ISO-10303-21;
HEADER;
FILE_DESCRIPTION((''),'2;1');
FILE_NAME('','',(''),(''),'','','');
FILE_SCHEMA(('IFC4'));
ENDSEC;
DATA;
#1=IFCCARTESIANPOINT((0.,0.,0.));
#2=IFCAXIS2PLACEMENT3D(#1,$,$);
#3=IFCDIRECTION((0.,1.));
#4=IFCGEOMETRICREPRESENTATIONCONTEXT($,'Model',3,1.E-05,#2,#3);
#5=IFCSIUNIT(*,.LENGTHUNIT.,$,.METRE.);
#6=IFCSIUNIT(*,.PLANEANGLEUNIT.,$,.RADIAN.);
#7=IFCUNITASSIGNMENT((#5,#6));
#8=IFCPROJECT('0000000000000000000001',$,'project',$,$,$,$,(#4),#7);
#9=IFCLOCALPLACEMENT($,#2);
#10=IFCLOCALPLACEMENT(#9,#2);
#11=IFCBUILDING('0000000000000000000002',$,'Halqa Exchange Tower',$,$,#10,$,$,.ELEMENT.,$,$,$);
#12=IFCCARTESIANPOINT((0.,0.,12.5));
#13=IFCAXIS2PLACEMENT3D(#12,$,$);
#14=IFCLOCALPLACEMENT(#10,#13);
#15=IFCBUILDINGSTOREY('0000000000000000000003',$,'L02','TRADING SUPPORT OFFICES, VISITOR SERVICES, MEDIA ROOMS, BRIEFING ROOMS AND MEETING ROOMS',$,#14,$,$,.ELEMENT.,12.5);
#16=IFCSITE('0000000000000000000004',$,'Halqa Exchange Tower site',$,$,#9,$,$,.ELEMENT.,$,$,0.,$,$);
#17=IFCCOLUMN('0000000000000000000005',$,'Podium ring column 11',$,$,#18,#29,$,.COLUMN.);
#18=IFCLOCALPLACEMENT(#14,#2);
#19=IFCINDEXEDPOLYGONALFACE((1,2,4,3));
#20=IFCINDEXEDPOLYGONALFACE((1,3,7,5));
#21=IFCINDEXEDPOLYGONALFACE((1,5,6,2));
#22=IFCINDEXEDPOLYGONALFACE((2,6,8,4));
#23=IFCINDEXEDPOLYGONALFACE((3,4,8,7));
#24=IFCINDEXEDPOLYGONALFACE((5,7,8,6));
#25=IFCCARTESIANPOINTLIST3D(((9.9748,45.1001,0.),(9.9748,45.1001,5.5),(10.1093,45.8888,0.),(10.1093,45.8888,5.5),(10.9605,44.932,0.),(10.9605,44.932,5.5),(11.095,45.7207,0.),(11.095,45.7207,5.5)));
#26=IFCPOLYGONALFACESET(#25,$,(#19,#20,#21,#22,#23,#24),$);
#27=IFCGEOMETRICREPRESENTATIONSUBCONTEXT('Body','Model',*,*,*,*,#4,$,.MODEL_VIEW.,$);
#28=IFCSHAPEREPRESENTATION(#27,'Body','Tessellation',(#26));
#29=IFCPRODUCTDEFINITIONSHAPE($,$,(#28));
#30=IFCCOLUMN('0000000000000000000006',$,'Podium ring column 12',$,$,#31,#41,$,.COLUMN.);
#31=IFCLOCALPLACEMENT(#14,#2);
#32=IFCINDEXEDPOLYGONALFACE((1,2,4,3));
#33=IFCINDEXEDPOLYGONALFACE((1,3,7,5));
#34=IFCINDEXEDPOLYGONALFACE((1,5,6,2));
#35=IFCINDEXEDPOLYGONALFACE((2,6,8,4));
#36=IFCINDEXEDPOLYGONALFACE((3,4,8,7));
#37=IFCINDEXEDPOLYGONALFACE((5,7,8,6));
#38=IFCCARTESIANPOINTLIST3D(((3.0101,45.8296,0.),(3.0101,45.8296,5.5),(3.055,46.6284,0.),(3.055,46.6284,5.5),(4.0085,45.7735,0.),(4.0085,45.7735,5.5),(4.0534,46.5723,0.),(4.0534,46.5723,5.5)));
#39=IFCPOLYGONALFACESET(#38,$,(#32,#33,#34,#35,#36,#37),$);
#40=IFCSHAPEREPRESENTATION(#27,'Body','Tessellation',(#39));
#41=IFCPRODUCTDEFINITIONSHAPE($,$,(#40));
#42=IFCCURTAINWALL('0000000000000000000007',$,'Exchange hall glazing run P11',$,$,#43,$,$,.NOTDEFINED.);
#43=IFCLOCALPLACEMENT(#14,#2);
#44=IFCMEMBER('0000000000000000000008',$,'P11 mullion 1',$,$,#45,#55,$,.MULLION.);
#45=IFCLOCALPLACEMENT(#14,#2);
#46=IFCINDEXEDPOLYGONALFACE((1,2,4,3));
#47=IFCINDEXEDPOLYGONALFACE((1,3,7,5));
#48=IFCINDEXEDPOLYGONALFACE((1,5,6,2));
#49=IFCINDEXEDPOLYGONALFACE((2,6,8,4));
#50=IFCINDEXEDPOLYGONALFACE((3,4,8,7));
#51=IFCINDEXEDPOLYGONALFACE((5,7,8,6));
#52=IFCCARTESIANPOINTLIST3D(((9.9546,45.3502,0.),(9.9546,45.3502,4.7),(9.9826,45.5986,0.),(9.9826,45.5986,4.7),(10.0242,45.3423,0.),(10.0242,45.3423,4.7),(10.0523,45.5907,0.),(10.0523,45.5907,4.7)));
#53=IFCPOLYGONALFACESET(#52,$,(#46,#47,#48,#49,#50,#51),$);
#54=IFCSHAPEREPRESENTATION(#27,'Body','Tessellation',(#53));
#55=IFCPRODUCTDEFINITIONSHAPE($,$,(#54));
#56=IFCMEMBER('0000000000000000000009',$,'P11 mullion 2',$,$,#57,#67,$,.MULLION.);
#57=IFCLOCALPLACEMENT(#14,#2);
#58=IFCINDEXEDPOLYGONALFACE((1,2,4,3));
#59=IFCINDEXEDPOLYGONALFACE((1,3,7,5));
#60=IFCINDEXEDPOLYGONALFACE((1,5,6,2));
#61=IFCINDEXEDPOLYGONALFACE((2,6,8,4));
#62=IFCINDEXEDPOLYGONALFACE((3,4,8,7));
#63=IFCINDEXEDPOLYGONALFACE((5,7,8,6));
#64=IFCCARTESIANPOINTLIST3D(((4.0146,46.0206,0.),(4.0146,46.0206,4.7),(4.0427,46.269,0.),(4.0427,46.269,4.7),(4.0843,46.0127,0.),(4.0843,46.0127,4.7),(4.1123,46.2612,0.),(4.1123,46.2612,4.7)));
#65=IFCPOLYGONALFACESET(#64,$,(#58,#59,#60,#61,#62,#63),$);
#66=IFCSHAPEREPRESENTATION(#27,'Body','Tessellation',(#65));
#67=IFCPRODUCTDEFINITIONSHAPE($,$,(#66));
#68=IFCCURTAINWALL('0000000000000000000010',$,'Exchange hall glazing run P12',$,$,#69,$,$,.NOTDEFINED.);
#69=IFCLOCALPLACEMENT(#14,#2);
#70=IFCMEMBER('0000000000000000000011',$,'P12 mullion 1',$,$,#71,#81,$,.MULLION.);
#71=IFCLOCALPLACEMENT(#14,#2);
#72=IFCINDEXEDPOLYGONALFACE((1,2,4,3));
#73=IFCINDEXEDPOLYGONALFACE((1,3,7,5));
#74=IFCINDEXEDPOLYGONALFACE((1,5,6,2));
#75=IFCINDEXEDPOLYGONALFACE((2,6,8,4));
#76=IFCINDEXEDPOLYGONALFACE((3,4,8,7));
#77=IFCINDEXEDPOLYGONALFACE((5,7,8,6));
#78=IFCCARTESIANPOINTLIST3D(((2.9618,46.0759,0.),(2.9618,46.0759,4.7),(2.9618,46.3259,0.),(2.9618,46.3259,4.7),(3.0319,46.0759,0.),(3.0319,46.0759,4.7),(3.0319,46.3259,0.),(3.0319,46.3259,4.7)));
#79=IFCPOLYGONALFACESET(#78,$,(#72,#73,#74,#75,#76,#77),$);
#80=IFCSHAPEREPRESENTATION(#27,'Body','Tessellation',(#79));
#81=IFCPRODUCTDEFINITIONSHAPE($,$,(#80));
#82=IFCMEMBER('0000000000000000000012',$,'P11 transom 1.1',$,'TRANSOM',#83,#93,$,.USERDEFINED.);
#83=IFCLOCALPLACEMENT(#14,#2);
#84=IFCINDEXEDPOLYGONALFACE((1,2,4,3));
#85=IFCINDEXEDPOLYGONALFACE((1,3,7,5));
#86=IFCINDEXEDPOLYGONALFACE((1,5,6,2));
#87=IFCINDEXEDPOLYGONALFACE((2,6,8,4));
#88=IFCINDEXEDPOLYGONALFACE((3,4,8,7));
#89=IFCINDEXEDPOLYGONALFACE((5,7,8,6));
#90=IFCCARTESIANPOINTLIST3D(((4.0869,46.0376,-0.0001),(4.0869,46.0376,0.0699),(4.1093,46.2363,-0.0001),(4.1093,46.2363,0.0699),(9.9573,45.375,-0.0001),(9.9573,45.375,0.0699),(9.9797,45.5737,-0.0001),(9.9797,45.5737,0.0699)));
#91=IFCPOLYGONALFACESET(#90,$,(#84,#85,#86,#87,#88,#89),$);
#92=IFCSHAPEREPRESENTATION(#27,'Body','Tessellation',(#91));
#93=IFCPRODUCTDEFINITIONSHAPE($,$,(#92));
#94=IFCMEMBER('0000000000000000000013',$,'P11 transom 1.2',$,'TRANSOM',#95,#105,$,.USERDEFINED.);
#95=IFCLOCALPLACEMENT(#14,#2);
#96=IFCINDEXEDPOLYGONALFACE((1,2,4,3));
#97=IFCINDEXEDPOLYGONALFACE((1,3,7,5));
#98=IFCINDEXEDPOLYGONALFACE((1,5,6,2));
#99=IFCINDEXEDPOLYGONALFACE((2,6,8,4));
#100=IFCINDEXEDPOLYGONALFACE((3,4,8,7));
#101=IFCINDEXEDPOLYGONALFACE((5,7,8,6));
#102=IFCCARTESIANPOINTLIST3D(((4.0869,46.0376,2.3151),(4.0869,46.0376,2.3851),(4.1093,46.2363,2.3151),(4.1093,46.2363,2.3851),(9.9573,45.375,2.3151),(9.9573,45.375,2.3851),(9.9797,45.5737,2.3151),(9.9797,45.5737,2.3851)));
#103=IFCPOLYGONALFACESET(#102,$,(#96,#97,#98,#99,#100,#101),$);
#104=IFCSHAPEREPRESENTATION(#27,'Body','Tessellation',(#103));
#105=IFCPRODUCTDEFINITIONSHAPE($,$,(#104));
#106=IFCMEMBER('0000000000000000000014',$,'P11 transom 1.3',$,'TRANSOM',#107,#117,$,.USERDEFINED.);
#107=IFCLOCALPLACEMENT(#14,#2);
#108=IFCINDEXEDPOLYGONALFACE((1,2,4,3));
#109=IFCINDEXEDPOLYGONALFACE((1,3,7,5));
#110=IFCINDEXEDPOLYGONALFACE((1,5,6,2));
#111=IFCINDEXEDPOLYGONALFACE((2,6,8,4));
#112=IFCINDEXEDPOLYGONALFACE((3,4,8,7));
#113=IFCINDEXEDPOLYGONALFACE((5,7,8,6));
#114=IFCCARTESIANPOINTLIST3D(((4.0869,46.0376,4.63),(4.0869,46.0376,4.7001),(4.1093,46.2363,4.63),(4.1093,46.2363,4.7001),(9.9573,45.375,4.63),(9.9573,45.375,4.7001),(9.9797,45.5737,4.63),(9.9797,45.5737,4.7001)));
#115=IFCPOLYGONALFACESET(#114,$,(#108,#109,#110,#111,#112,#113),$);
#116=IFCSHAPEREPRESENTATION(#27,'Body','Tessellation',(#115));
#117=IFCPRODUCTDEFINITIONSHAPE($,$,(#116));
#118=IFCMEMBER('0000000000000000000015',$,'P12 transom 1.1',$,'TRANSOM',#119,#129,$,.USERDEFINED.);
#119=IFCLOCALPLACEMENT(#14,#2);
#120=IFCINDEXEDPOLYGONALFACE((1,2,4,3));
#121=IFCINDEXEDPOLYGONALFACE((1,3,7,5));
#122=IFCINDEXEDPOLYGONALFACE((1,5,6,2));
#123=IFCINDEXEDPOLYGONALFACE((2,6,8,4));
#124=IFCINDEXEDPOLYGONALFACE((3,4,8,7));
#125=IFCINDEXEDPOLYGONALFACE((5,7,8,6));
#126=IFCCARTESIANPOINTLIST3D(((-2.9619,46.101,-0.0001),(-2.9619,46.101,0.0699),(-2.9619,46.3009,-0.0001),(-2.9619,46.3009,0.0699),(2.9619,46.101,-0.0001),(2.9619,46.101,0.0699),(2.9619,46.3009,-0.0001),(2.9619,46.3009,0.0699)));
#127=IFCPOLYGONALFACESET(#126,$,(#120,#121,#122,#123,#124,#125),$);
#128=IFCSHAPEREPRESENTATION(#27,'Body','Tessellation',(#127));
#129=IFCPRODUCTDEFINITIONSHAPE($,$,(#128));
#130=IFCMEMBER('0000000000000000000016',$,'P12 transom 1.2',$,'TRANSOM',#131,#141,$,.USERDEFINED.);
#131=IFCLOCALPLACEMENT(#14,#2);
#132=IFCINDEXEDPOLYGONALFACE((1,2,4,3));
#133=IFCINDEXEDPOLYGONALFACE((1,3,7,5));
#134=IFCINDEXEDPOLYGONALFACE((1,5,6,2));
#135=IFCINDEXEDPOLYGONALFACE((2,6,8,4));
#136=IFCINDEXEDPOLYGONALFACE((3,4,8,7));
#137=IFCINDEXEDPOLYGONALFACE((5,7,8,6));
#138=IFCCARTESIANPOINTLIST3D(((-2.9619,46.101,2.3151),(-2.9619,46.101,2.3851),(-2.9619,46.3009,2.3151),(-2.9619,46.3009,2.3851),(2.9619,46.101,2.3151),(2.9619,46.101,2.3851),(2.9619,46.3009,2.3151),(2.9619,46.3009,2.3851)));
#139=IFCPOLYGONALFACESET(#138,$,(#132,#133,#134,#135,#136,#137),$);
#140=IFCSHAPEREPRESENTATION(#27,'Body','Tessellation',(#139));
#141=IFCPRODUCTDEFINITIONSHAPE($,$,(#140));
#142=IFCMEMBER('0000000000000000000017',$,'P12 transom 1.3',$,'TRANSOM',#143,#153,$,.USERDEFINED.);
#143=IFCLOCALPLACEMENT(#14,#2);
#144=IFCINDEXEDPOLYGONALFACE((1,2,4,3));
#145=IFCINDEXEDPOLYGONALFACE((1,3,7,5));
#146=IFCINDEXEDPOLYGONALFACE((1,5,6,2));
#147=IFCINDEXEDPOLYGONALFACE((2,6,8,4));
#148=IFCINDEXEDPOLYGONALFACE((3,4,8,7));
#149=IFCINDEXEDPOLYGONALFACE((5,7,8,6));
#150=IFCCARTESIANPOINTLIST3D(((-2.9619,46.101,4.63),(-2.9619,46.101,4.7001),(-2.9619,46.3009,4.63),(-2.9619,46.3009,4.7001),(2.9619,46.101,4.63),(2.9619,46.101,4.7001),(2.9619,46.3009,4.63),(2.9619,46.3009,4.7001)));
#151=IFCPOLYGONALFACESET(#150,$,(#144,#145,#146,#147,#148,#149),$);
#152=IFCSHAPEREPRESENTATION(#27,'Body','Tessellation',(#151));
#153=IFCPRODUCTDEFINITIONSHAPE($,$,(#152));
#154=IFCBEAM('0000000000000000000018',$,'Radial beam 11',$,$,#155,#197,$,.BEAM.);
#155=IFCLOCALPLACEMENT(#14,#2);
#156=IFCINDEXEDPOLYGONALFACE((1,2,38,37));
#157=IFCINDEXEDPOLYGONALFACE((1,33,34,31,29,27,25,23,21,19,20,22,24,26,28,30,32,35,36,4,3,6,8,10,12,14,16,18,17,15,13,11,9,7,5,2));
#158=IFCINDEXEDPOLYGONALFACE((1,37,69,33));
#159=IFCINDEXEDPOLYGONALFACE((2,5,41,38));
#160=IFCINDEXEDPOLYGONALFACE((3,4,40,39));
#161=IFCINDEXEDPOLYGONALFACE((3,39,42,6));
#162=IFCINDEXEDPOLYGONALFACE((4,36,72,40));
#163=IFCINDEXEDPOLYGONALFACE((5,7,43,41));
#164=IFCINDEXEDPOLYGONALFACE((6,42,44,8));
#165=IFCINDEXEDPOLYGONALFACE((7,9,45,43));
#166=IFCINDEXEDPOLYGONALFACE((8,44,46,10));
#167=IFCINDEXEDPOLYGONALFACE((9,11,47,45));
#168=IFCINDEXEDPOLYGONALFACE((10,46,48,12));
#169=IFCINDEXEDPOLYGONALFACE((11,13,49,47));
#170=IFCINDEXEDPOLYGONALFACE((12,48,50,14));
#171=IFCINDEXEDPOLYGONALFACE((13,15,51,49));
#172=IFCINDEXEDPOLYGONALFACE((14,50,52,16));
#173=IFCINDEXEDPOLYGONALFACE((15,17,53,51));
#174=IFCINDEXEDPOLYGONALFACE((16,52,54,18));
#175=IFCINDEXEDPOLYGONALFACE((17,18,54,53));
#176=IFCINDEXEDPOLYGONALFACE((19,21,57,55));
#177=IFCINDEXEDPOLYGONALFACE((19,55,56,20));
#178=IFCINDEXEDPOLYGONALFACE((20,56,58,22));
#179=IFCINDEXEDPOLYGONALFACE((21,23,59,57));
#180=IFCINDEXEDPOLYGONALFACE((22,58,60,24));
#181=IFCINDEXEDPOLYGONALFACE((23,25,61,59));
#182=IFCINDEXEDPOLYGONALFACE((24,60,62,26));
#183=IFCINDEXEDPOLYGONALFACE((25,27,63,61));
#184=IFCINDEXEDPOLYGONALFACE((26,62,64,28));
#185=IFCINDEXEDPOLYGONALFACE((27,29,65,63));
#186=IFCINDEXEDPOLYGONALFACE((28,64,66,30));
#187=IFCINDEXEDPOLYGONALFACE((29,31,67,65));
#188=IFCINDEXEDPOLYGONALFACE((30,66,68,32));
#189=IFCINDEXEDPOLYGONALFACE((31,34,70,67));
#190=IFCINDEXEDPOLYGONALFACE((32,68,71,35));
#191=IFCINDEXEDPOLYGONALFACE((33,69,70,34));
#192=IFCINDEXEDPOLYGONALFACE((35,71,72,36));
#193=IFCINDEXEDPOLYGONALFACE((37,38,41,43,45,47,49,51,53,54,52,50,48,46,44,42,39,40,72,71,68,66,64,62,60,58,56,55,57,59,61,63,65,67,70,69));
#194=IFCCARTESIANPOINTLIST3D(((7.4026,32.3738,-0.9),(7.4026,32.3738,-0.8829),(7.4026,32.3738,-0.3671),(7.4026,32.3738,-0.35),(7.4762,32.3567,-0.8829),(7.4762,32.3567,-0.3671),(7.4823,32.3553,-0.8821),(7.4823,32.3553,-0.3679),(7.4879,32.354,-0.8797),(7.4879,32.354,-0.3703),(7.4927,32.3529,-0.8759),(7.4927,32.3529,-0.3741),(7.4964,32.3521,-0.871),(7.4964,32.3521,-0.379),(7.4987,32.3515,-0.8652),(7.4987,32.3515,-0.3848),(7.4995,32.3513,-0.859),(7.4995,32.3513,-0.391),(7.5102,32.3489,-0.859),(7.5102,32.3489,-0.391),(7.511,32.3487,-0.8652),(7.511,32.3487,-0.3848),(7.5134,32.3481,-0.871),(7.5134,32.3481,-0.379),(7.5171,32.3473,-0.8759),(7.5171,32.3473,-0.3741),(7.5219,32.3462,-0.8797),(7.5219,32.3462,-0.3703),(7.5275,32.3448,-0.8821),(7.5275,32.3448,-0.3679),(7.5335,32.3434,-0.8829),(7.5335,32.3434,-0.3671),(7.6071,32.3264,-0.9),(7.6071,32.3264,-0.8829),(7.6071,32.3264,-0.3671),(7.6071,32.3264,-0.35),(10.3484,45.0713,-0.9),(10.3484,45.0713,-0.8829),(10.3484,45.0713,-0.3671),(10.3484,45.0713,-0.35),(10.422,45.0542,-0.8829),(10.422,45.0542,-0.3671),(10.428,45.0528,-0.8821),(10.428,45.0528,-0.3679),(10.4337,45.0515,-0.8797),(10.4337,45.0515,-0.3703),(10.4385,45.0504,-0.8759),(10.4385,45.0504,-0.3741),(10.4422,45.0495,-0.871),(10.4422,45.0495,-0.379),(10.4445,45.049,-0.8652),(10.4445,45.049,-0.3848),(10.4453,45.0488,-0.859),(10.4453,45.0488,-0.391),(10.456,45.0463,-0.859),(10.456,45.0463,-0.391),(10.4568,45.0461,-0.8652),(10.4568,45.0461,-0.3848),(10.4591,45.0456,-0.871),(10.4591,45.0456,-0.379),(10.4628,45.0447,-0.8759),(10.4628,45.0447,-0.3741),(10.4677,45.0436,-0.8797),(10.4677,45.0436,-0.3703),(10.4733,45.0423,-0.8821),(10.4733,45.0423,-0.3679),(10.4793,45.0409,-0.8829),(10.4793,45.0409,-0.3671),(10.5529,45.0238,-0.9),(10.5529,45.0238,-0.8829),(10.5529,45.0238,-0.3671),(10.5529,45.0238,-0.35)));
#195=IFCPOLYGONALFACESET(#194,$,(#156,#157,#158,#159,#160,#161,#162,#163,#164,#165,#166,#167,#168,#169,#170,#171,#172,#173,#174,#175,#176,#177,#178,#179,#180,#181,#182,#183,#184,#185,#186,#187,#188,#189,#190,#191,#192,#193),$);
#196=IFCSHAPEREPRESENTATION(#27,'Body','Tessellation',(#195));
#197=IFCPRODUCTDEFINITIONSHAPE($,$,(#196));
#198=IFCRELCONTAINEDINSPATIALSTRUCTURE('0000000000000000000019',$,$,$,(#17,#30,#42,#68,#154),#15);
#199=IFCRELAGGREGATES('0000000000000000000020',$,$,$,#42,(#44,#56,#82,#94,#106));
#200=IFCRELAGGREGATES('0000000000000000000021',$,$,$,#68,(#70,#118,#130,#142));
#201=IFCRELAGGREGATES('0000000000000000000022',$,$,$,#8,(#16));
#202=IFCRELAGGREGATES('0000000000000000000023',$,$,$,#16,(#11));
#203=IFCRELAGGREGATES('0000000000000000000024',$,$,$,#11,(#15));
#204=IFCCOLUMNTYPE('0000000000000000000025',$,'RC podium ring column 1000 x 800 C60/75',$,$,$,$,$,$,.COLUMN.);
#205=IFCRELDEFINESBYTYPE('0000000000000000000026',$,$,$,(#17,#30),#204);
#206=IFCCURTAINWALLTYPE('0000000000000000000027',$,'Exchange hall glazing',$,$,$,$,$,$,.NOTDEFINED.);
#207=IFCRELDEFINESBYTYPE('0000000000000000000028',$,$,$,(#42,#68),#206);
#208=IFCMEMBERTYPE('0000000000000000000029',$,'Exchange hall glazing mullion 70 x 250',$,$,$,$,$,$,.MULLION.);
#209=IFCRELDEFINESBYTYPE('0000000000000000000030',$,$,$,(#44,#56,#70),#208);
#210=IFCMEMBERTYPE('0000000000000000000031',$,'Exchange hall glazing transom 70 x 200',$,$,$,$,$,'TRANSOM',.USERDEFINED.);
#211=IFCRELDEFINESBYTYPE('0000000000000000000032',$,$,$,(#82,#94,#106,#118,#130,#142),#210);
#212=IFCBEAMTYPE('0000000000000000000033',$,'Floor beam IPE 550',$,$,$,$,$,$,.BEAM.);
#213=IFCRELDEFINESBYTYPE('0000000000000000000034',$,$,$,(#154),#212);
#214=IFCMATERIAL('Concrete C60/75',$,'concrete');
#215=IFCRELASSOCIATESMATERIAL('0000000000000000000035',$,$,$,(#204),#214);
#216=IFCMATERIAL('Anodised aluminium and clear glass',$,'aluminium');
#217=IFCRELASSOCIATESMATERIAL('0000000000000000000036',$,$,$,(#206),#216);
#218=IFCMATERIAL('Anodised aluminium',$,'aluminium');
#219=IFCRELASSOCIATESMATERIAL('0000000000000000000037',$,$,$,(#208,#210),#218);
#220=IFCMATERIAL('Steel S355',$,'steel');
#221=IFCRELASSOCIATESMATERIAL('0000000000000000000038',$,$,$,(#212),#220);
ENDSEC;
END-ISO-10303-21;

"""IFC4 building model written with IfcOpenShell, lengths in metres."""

from ifc_helpers import new_model, si_unit, direction, frame, origin, origin_2d, place, context, subcontext, project, spatial, rectangle, i_section, extrude, material, material_profile, profile_set, type_object, element, aggregate, save


model = new_model("IFC4")

# Units and contexts
model_context = context("Model", 3, precision=1e-05, world=origin(), true_north=direction((0.0, 1.0)))
body_context = subcontext(model_context, "Body", "Model", "MODEL_VIEW")
ifc_project = project(units=[si_unit("LENGTHUNIT", "METRE"), si_unit("PLANEANGLEUNIT", "RADIAN")], contexts=[model_context])

# Site, building, storey
site_placement = place(None, origin())
site = spatial("IfcSite", under=ifc_project, at=site_placement, Name="Halqa Exchange Tower site", CompositionType="ELEMENT", RefElevation=0.0)
building_placement = place(site_placement, origin())
building = spatial("IfcBuilding", under=site, at=building_placement, Name="Halqa Exchange Tower", CompositionType="ELEMENT")
storey_placement = place(building_placement, frame((0.0, 0.0, 12.5)))
storey = spatial("IfcBuildingStorey", under=building, at=storey_placement, Name="L02", Description="TRADING SUPPORT OFFICES, VISITOR SERVICES, MEDIA ROOMS, BRIEFING ROOMS AND MEETING ROOMS", CompositionType="ELEMENT", Elevation=12.5)

# Columns
ifc_material_1 = material(Name="Concrete C60/75", Category="concrete")
ifc_material_profile_1 = material_profile(ifc_material_1, rectangle(XDim=1.0, YDim=0.8, at=origin_2d()), Name="1000 x 800")
ifc_profile_set_1 = profile_set([ifc_material_profile_1], Name="Concrete C60/75")
column_type = type_object("IfcColumnType", Name="RC podium ring column 1000 x 800 C60/75", PredefinedType="COLUMN", material=ifc_profile_set_1)
for number, where, z_axis, x_axis, name in (
    (1, (10.5349, 45.4104, 0.0), (0.0, 0.0, 1.0), (-0.985766, 0.168121, 0.0), "Podium ring column 11"),
    (2, (3.5317, 46.2009, 0.0), (0.0, 0.0, 1.0), (-0.998425, 0.056107, 0.0), "Podium ring column 12"),
):
    element("IfcColumn", number, at=place(storey_placement, frame(where, z_axis=z_axis, x_axis=x_axis)), inside=storey, type_object=column_type, Name=name, PredefinedType="COLUMN", context=body_context, shape_type="SweptSolid", body=[
        extrude(rectangle(XDim=1.0, YDim=0.8, at=origin_2d()), origin(), (0.0, 0.0, 1.0), 5.5),
    ])

# Curtain wall, members
ifc_material_2 = material(Name="Anodised aluminium and clear glass", Category="aluminium")
curtain_wall_type = type_object("IfcCurtainWallType", Name="Exchange hall glazing", PredefinedType="NOTDEFINED", material=ifc_material_2)
curtain_wall_1_placement = place(storey_placement, origin())
curtain_wall_1 = element("IfcCurtainWall", 3, at=curtain_wall_1_placement, inside=storey, type_object=curtain_wall_type, Name="Exchange hall glazing run P11", PredefinedType="NOTDEFINED")
ifc_material_3 = material(Name="Anodised aluminium", Category="aluminium")
ifc_material_profile_2 = material_profile(ifc_material_3, rectangle(XDim=0.25, YDim=0.0701, at=origin_2d()), Name="AL 70x250")
ifc_profile_set_2 = profile_set([ifc_material_profile_2], Name="Anodised aluminium")
member_type_1 = type_object("IfcMemberType", Name="Exchange hall glazing mullion 70 x 250", PredefinedType="MULLION", material=ifc_profile_set_2)
member_1_placement = place(storey_placement, frame((10.0034, 45.4705, 0.0), z_axis=(0.0, 0.0, 1.0), x_axis=(-0.112159, -0.99369, 0.0)))
member_1 = element("IfcMember", 4, at=member_1_placement, type_object=member_type_1, Name="P11 mullion 1", PredefinedType="MULLION", context=body_context, shape_type="SweptSolid", body=[
    extrude(rectangle(XDim=0.25, YDim=0.0701, at=origin_2d()), origin(), (0.0, 0.0, 1.0), 4.7),
])
member_2_placement = place(storey_placement, frame((4.0635, 46.1409, 0.0), z_axis=(0.0, 0.0, 1.0), x_axis=(-0.112159, -0.99369, 0.0)))
member_2 = element("IfcMember", 5, at=member_2_placement, type_object=member_type_1, Name="P11 mullion 2", PredefinedType="MULLION", context=body_context, shape_type="SweptSolid", body=[
    extrude(rectangle(XDim=0.25, YDim=0.0701, at=origin_2d()), origin(), (0.0, 0.0, 1.0), 4.7),
])

# Curtain wall, member
curtain_wall_2_placement = place(storey_placement, origin())
curtain_wall_2 = element("IfcCurtainWall", 6, at=curtain_wall_2_placement, inside=storey, type_object=curtain_wall_type, Name="Exchange hall glazing run P12", PredefinedType="NOTDEFINED")
member_3_placement = place(storey_placement, frame((2.9968, 46.2009, 0.0), z_axis=(0.0, 0.0, 1.0), x_axis=(0.0, -1.0, 0.0)))
member_3 = element("IfcMember", 7, at=member_3_placement, type_object=member_type_1, Name="P12 mullion 1", PredefinedType="MULLION", context=body_context, shape_type="SweptSolid", body=[
    extrude(rectangle(XDim=0.25, YDim=0.0701, at=origin_2d()), origin(), (0.0, 0.0, 1.0), 4.7),
])

# Members
ifc_material_profile_3 = material_profile(ifc_material_3, rectangle(XDim=0.2, YDim=0.0701, at=origin_2d()), Name="AL 70x200")
ifc_profile_set_3 = profile_set([ifc_material_profile_3], Name="Anodised aluminium")
member_type_2 = type_object("IfcMemberType", Name="Exchange hall glazing transom 70 x 200", ElementType="TRANSOM", PredefinedType="USERDEFINED", material=ifc_profile_set_3)
member_4_placement = place(storey_placement, frame((9.9685, 45.4744, 0.0349), z_axis=(-0.99369, 0.11216, 0.0), x_axis=(-0.11216, -0.99369, 0.0)))
member_4 = element("IfcMember", 8, at=member_4_placement, type_object=member_type_2, Name="P11 transom 1.1", ObjectType="TRANSOM", PredefinedType="USERDEFINED", context=body_context, shape_type="SweptSolid", body=[
    extrude(rectangle(XDim=0.2, YDim=0.0701, at=origin_2d()), origin(), (0.0, 0.0, 1.0), 5.9077),
])
member_5_placement = place(storey_placement, frame((9.9685, 45.4744, 2.3501), z_axis=(-0.99369, 0.11216, 0.0), x_axis=(-0.11216, -0.99369, 0.0)))
member_5 = element("IfcMember", 9, at=member_5_placement, type_object=member_type_2, Name="P11 transom 1.2", ObjectType="TRANSOM", PredefinedType="USERDEFINED", context=body_context, shape_type="SweptSolid", body=[
    extrude(rectangle(XDim=0.2, YDim=0.0701, at=origin_2d()), origin(), (0.0, 0.0, 1.0), 5.9077),
])
member_6_placement = place(storey_placement, frame((9.9685, 45.4744, 4.665), z_axis=(-0.99369, 0.11216, 0.0), x_axis=(-0.11216, -0.99369, 0.0)))
member_6 = element("IfcMember", 10, at=member_6_placement, type_object=member_type_2, Name="P11 transom 1.3", ObjectType="TRANSOM", PredefinedType="USERDEFINED", context=body_context, shape_type="SweptSolid", body=[
    extrude(rectangle(XDim=0.2, YDim=0.0701, at=origin_2d()), origin(), (0.0, 0.0, 1.0), 5.9077),
])
member_7_placement = place(storey_placement, frame((2.9619, 46.2009, 0.0349), z_axis=(-1.0, 0.0, 0.0), x_axis=(0.0, -1.0, 0.0)))
member_7 = element("IfcMember", 11, at=member_7_placement, type_object=member_type_2, Name="P12 transom 1.1", ObjectType="TRANSOM", PredefinedType="USERDEFINED", context=body_context, shape_type="SweptSolid", body=[
    extrude(rectangle(XDim=0.2, YDim=0.0701, at=origin_2d()), origin(), (0.0, 0.0, 1.0), 5.9238),
])
member_8_placement = place(storey_placement, frame((2.9619, 46.2009, 2.3501), z_axis=(-1.0, 0.0, 0.0), x_axis=(0.0, -1.0, 0.0)))
member_8 = element("IfcMember", 12, at=member_8_placement, type_object=member_type_2, Name="P12 transom 1.2", ObjectType="TRANSOM", PredefinedType="USERDEFINED", context=body_context, shape_type="SweptSolid", body=[
    extrude(rectangle(XDim=0.2, YDim=0.0701, at=origin_2d()), origin(), (0.0, 0.0, 1.0), 5.9238),
])
member_9_placement = place(storey_placement, frame((2.9619, 46.2009, 4.665), z_axis=(-1.0, 0.0, 0.0), x_axis=(0.0, -1.0, 0.0)))
member_9 = element("IfcMember", 13, at=member_9_placement, type_object=member_type_2, Name="P12 transom 1.3", ObjectType="TRANSOM", PredefinedType="USERDEFINED", context=body_context, shape_type="SweptSolid", body=[
    extrude(rectangle(XDim=0.2, YDim=0.0701, at=origin_2d()), origin(), (0.0, 0.0, 1.0), 5.9238),
])

# Beam
ifc_material_4 = material(Name="Steel S355", Category="steel")
ifc_material_profile_4 = material_profile(ifc_material_4, i_section(OverallWidth=0.21, OverallDepth=0.55, WebThickness=0.011, FlangeThickness=0.0171, FilletRadius=0.0239, at=origin_2d()), Name="IPE 550")
ifc_profile_set_4 = profile_set([ifc_material_profile_4], Name="Steel S355")
beam_type_1 = type_object("IfcBeamType", Name="Floor beam IPE 550", PredefinedType="BEAM", material=ifc_profile_set_4)
beam_1_placement = place(storey_placement, frame((7.5049, 32.3501, -0.625), z_axis=(0.225996, 0.974128, 0.0), x_axis=(-0.974128, 0.225996, 0.0)))
element("IfcBeam", 14, at=beam_1_placement, inside=storey, type_object=beam_type_1, Name="Radial beam 11", PredefinedType="BEAM", context=body_context, shape_type="SweptSolid", body=[
    extrude(i_section(OverallWidth=0.21, OverallDepth=0.55, WebThickness=0.011, FlangeThickness=0.0171, FilletRadius=0.0239, at=origin_2d()), origin(), (0.0, 0.0, 1.0), 13.0347),
])

aggregate(curtain_wall_1, [member_1, member_2, member_4, member_5, member_6])
aggregate(curtain_wall_2, [member_3, member_7, member_8, member_9])

save(model, "model.ifc")
